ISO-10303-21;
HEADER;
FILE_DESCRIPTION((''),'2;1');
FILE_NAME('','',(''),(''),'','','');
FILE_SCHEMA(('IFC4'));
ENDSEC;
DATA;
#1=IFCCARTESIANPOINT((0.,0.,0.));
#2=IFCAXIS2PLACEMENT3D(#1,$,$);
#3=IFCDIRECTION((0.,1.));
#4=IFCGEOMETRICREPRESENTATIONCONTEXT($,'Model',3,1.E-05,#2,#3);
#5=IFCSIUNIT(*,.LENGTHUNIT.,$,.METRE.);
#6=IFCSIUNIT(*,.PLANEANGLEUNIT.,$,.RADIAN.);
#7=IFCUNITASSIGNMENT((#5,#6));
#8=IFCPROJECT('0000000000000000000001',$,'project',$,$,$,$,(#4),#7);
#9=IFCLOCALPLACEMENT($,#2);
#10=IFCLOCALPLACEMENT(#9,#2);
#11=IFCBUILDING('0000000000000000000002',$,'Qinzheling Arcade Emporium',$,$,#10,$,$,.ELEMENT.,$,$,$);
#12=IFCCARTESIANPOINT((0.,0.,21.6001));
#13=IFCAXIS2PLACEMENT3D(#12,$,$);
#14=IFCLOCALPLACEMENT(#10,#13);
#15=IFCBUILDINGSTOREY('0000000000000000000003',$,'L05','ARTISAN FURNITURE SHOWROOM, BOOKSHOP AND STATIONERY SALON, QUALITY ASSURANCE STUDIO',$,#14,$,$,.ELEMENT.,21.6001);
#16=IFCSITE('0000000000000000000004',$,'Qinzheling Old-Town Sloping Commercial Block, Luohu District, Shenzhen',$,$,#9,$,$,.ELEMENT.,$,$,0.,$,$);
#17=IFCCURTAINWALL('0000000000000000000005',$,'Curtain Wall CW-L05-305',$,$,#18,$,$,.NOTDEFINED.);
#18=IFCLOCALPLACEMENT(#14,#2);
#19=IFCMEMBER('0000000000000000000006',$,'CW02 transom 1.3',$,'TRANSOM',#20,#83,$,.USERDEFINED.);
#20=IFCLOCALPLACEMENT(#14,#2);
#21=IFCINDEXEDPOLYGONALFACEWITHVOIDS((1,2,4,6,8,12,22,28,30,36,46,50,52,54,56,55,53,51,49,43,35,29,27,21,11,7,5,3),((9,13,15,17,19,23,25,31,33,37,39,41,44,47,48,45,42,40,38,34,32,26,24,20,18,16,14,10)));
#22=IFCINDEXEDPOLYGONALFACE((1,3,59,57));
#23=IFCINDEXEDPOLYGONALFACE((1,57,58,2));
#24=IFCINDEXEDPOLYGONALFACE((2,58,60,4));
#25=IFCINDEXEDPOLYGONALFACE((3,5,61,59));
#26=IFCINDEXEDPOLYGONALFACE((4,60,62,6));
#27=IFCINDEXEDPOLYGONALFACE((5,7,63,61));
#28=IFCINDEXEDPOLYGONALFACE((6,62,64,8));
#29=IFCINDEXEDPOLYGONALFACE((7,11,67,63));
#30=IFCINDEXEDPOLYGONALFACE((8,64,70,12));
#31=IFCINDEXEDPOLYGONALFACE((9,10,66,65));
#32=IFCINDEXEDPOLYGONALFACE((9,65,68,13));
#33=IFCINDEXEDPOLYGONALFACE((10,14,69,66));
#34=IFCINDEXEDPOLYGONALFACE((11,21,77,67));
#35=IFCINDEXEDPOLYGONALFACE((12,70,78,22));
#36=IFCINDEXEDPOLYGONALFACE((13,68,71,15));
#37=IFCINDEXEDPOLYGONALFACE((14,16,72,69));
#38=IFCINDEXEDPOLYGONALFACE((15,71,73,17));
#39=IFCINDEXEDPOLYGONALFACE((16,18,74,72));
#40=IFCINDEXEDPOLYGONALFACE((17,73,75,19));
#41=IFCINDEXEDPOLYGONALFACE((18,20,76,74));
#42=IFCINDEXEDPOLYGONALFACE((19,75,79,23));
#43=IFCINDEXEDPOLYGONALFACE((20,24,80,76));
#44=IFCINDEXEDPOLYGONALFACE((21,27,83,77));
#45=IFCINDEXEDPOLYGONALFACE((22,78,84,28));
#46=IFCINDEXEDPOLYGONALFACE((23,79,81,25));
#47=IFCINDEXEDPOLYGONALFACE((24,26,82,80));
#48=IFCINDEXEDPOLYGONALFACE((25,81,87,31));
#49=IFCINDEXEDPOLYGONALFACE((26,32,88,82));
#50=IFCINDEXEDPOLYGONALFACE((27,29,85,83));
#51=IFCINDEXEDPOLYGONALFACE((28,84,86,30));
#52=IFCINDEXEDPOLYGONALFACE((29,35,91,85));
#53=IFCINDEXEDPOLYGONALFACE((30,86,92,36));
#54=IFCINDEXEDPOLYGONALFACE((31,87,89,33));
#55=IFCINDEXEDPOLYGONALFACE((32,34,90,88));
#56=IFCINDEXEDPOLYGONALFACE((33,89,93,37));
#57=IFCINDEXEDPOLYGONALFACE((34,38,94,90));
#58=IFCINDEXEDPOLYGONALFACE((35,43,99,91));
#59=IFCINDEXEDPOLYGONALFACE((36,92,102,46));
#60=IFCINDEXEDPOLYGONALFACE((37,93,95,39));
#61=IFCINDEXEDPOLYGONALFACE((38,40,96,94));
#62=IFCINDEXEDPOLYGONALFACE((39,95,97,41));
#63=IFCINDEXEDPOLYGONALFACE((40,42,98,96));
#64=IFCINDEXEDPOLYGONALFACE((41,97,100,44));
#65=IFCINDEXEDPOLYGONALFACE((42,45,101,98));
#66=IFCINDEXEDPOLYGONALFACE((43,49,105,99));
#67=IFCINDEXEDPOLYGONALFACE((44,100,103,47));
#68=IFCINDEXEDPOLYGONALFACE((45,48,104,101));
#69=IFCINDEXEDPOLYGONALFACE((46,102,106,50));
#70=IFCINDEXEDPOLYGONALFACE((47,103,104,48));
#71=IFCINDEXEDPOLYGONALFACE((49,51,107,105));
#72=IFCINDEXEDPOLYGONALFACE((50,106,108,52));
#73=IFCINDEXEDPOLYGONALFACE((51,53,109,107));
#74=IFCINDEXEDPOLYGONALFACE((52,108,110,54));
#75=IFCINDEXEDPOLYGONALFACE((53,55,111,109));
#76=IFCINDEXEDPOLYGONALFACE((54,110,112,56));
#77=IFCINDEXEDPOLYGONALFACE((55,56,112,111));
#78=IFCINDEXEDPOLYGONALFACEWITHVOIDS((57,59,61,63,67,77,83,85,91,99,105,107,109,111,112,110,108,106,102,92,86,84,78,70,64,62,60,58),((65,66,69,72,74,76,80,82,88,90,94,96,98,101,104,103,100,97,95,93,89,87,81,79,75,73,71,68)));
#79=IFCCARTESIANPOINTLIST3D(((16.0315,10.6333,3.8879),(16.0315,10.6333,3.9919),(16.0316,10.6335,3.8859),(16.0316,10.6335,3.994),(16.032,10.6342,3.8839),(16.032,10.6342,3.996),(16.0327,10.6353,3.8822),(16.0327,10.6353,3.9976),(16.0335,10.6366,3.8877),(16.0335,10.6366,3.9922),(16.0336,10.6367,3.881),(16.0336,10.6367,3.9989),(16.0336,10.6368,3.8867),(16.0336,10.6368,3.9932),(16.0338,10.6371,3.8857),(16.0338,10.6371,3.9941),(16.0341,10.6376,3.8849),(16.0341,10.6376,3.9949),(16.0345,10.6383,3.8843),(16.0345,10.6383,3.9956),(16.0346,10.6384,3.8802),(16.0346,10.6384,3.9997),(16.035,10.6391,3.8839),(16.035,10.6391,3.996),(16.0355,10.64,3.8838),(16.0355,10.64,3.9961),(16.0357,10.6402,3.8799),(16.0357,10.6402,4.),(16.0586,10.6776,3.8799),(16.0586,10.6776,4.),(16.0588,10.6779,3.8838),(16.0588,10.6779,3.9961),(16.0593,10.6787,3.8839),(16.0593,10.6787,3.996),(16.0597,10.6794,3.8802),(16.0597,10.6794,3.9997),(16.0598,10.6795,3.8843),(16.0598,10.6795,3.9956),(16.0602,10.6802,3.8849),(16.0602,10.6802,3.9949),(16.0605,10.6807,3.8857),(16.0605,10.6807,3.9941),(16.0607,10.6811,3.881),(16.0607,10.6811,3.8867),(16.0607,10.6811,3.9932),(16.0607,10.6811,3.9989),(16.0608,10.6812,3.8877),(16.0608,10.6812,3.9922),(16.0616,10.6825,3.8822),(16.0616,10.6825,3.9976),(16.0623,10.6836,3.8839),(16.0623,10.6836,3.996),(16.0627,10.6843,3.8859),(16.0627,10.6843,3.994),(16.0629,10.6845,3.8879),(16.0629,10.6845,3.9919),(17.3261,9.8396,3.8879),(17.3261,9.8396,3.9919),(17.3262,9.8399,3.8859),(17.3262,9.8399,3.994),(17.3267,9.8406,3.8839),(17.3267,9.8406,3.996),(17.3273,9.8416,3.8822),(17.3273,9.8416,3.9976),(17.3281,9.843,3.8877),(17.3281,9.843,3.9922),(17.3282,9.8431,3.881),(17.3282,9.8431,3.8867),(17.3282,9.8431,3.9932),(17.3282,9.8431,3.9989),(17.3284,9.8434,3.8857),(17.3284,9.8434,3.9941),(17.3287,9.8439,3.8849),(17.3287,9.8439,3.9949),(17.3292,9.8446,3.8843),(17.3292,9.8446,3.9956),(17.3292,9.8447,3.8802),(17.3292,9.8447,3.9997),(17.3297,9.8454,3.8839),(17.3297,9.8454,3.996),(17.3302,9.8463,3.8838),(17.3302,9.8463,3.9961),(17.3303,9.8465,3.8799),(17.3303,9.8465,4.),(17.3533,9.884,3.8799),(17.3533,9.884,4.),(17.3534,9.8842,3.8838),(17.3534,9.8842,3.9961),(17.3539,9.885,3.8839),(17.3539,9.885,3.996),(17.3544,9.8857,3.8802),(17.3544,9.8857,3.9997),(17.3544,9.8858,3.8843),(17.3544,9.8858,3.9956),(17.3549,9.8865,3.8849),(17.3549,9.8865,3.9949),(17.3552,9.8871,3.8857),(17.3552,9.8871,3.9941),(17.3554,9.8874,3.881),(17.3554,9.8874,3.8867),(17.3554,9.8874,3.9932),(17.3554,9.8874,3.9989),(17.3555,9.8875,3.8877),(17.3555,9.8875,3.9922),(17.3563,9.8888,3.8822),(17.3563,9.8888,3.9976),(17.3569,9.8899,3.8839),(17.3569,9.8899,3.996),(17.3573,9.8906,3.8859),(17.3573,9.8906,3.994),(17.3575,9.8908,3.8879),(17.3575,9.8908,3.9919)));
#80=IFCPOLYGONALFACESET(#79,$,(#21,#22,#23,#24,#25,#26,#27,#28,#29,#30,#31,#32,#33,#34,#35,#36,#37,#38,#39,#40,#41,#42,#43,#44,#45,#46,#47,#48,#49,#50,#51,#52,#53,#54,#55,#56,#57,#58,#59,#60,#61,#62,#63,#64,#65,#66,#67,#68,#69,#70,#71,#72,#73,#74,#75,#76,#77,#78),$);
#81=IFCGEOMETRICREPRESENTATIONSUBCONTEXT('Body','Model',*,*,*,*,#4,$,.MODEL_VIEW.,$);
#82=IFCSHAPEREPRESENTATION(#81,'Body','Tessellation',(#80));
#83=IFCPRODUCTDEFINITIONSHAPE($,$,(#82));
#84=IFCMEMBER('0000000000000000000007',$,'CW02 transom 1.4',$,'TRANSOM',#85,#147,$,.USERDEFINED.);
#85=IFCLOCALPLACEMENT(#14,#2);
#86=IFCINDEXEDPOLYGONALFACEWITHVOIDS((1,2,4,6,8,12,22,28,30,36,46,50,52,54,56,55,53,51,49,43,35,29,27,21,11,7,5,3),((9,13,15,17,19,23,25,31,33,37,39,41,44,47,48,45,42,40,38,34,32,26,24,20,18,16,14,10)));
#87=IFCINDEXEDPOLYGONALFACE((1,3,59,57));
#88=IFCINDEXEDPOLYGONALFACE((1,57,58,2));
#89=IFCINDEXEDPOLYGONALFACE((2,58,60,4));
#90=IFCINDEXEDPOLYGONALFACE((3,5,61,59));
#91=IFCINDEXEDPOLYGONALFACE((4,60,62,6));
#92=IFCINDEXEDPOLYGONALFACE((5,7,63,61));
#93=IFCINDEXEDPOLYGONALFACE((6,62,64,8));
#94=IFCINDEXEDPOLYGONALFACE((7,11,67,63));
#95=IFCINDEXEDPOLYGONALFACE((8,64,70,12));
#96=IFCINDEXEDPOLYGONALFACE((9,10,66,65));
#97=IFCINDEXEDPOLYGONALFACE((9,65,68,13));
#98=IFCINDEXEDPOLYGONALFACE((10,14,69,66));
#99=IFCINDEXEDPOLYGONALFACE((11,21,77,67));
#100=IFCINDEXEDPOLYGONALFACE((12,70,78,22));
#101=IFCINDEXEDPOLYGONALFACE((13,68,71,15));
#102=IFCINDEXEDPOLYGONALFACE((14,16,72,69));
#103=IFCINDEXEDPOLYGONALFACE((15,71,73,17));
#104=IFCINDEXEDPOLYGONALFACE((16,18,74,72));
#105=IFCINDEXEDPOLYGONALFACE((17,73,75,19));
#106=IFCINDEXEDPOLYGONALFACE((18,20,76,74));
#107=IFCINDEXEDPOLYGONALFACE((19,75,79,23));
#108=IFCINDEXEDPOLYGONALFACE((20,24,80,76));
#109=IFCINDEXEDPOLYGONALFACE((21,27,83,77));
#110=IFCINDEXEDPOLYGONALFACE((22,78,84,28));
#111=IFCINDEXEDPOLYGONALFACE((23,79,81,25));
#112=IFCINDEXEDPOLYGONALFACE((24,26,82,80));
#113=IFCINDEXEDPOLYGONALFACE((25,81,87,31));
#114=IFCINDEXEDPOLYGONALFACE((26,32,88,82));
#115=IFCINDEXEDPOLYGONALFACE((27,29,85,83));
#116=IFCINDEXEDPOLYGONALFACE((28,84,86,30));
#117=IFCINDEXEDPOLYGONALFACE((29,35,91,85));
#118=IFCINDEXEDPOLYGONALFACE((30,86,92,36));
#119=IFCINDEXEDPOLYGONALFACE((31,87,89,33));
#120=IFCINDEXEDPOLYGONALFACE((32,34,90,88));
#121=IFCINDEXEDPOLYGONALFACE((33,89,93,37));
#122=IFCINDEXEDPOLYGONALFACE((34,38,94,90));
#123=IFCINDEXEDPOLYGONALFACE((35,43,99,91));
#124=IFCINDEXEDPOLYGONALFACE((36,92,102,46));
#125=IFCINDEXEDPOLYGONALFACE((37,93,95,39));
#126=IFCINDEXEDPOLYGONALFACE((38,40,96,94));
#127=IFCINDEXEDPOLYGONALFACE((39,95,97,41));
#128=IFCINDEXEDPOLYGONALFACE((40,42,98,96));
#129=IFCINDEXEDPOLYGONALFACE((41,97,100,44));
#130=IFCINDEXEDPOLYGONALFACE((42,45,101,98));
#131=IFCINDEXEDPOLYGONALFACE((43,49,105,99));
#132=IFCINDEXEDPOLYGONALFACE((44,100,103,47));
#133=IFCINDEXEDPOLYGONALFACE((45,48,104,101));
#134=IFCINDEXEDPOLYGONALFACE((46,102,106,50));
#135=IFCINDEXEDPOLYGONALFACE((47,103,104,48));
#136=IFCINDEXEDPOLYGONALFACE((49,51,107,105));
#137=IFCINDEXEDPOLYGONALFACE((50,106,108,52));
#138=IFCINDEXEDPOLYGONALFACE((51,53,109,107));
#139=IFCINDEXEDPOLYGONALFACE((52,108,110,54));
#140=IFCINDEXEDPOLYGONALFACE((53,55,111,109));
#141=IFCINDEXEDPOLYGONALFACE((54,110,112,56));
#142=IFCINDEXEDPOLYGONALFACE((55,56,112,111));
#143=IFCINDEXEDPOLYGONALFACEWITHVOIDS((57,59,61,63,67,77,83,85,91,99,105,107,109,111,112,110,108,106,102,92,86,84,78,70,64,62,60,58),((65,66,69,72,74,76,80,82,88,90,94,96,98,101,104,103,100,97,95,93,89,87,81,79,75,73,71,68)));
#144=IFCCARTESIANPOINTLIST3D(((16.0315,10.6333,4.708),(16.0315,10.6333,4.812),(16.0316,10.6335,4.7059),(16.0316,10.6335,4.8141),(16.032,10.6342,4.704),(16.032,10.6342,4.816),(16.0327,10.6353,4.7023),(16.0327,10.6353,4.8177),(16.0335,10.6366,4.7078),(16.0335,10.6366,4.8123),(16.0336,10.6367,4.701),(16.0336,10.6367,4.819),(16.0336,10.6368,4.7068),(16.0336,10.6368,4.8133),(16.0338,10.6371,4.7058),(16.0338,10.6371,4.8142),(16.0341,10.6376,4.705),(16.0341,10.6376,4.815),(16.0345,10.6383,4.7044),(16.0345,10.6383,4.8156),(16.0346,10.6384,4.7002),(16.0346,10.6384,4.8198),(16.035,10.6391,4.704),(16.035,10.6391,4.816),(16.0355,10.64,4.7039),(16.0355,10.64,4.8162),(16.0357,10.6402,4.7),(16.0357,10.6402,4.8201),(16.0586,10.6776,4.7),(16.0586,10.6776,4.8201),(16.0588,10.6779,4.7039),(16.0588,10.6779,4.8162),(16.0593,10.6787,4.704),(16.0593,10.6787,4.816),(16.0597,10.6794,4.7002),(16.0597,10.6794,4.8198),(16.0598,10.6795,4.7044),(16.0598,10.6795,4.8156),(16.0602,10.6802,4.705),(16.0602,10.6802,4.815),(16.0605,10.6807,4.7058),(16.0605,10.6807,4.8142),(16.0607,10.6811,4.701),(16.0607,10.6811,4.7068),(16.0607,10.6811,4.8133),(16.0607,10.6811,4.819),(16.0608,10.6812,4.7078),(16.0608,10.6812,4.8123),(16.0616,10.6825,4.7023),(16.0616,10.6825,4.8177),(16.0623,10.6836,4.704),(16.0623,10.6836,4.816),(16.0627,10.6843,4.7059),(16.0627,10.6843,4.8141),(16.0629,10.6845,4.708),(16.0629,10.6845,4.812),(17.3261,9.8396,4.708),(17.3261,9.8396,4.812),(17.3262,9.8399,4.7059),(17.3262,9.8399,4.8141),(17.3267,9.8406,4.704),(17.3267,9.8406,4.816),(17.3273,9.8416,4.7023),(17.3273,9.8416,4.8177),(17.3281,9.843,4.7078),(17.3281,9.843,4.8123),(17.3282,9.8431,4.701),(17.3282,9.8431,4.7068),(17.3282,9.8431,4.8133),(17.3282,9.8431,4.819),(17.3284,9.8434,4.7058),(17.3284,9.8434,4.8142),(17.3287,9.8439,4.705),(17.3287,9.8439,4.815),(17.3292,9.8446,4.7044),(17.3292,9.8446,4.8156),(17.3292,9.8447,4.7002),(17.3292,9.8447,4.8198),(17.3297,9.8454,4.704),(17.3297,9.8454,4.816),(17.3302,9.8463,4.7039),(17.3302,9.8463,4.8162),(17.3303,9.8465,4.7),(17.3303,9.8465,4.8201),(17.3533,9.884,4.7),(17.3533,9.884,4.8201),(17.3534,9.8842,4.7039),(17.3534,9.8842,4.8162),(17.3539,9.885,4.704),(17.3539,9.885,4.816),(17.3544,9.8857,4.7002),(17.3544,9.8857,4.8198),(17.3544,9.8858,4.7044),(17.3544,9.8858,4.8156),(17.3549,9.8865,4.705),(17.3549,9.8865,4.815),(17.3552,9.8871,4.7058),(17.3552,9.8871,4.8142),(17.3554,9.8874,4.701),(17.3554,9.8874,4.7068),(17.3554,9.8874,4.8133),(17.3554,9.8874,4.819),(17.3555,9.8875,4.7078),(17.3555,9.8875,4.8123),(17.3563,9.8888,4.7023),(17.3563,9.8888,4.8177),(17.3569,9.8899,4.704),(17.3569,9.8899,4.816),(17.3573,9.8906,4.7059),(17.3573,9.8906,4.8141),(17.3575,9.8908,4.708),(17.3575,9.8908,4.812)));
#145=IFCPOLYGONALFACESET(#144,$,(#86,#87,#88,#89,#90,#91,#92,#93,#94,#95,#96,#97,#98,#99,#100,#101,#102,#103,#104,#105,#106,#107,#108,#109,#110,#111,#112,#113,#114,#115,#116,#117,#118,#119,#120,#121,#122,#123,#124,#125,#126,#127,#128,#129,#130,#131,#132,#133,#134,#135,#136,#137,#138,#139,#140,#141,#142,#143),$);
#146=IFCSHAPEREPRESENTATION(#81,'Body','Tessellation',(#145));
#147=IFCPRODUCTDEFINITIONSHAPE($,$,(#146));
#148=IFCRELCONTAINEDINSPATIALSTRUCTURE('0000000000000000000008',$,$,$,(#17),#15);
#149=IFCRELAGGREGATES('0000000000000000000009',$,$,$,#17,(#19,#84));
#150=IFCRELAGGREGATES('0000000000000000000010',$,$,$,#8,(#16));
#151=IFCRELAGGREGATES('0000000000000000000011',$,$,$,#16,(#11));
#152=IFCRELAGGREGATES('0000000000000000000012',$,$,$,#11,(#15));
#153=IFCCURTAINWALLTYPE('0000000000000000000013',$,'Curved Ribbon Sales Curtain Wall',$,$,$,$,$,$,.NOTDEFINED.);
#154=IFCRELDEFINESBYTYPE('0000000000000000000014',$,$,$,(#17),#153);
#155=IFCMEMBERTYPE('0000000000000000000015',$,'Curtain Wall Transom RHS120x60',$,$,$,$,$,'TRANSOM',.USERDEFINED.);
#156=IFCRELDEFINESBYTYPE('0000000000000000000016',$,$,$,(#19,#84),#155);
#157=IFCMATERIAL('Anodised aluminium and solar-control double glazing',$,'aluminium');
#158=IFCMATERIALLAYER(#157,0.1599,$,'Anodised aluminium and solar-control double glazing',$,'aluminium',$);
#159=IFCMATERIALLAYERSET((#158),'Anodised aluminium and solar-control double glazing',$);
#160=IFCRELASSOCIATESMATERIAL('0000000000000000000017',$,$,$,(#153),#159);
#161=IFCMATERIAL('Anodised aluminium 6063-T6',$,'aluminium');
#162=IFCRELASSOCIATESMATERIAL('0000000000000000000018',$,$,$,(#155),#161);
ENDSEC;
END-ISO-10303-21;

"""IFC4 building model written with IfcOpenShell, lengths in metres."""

from ifc_helpers import new_model, si_unit, direction, frame, origin, origin_2d, place, context, subcontext, project, spatial, hollow_rectangle, extrude, material, layer, layer_set, material_profile, profile_set, type_object, element, aggregate, save


model = new_model("IFC4")

# Units and contexts
model_context = context("Model", 3, precision=1e-05, world=origin(), true_north=direction((0.0, 1.0)))
body_context = subcontext(model_context, "Body", "Model", "MODEL_VIEW")
ifc_project = project(units=[si_unit("LENGTHUNIT", "METRE"), si_unit("PLANEANGLEUNIT", "RADIAN")], contexts=[model_context])

# Site, building, storey
site_placement = place(None, origin())
site = spatial("IfcSite", under=ifc_project, at=site_placement, Name="Qinzheling Old-Town Sloping Commercial Block, Luohu District, Shenzhen", CompositionType="ELEMENT", RefElevation=0.0)
building_placement = place(site_placement, origin())
building = spatial("IfcBuilding", under=site, at=building_placement, Name="Qinzheling Arcade Emporium", CompositionType="ELEMENT")
storey_placement = place(building_placement, frame((0.0, 0.0, 21.6001)))
storey = spatial("IfcBuildingStorey", under=building, at=storey_placement, Name="L05", Description="ARTISAN FURNITURE SHOWROOM, BOOKSHOP AND STATIONERY SALON, QUALITY ASSURANCE STUDIO", CompositionType="ELEMENT", Elevation=21.6001)

# Shared definitions
ifc_material_1 = material(Name="Anodised aluminium and solar-control double glazing", Category="aluminium")
ifc_layer_1 = layer(ifc_material_1, 0.1599, Name="Anodised aluminium and solar-control double glazing", Category="aluminium")
ifc_layer_set_1 = layer_set([ifc_layer_1], Name="Anodised aluminium and solar-control double glazing")
curtain_wall_type = type_object("IfcCurtainWallType", Name="Curved Ribbon Sales Curtain Wall", PredefinedType="NOTDEFINED", material=ifc_layer_set_1)
ifc_material_2 = material(Name="Anodised aluminium 6063-T6", Category="aluminium")

# Curtain wall
curtain_wall_1_placement = place(storey_placement, origin())
curtain_wall_1 = element("IfcCurtainWall", 1, at=curtain_wall_1_placement, inside=storey, type_object=curtain_wall_type, Name="Curtain Wall CW-L05-305", PredefinedType="NOTDEFINED")

# Members
ifc_material_profile_1 = material_profile(ifc_material_2, hollow_rectangle(XDim=0.0601, YDim=0.1201, WallThickness=0.0039, InnerFilletRadius=0.0039, OuterFilletRadius=0.0081, at=origin_2d()), Name="RHS 120x60x4", Category="aluminium")
ifc_profile_set_1 = profile_set([ifc_material_profile_1], Name="Anodised aluminium 6063-T6")
member_type_1 = type_object("IfcMemberType", Name="Curtain Wall Transom RHS120x60", ElementType="TRANSOM", PredefinedType="USERDEFINED", material=ifc_profile_set_1)
member_1_placement = place(storey_placement, frame((17.3418, 9.8652, 3.9399), z_axis=(-0.852546, 0.522653, 0.0), x_axis=(-0.522653, -0.852546, 0.0)))
member_1 = element("IfcMember", 2, at=member_1_placement, type_object=member_type_1, Name="CW02 transom 1.3", ObjectType="TRANSOM", PredefinedType="USERDEFINED", context=body_context, shape_type="SweptSolid", body=[
    extrude(hollow_rectangle(XDim=0.0601, YDim=0.1201, WallThickness=0.0039, InnerFilletRadius=0.0039, OuterFilletRadius=0.0081, at=origin_2d()), origin(), (0.0, 0.0, 1.0), 1.5186),
])
member_2_placement = place(storey_placement, frame((17.3418, 9.8652, 4.76), z_axis=(-0.852546, 0.522653, 0.0), x_axis=(-0.522653, -0.852546, 0.0)))
member_2 = element("IfcMember", 3, at=member_2_placement, type_object=member_type_1, Name="CW02 transom 1.4", ObjectType="TRANSOM", PredefinedType="USERDEFINED", context=body_context, shape_type="SweptSolid", body=[
    extrude(hollow_rectangle(XDim=0.0601, YDim=0.1201, WallThickness=0.0039, InnerFilletRadius=0.0039, OuterFilletRadius=0.0081, at=origin_2d()), origin(), (0.0, 0.0, 1.0), 1.5186),
])

aggregate(curtain_wall_1, [member_1, member_2])

save(model, "model.ifc")
